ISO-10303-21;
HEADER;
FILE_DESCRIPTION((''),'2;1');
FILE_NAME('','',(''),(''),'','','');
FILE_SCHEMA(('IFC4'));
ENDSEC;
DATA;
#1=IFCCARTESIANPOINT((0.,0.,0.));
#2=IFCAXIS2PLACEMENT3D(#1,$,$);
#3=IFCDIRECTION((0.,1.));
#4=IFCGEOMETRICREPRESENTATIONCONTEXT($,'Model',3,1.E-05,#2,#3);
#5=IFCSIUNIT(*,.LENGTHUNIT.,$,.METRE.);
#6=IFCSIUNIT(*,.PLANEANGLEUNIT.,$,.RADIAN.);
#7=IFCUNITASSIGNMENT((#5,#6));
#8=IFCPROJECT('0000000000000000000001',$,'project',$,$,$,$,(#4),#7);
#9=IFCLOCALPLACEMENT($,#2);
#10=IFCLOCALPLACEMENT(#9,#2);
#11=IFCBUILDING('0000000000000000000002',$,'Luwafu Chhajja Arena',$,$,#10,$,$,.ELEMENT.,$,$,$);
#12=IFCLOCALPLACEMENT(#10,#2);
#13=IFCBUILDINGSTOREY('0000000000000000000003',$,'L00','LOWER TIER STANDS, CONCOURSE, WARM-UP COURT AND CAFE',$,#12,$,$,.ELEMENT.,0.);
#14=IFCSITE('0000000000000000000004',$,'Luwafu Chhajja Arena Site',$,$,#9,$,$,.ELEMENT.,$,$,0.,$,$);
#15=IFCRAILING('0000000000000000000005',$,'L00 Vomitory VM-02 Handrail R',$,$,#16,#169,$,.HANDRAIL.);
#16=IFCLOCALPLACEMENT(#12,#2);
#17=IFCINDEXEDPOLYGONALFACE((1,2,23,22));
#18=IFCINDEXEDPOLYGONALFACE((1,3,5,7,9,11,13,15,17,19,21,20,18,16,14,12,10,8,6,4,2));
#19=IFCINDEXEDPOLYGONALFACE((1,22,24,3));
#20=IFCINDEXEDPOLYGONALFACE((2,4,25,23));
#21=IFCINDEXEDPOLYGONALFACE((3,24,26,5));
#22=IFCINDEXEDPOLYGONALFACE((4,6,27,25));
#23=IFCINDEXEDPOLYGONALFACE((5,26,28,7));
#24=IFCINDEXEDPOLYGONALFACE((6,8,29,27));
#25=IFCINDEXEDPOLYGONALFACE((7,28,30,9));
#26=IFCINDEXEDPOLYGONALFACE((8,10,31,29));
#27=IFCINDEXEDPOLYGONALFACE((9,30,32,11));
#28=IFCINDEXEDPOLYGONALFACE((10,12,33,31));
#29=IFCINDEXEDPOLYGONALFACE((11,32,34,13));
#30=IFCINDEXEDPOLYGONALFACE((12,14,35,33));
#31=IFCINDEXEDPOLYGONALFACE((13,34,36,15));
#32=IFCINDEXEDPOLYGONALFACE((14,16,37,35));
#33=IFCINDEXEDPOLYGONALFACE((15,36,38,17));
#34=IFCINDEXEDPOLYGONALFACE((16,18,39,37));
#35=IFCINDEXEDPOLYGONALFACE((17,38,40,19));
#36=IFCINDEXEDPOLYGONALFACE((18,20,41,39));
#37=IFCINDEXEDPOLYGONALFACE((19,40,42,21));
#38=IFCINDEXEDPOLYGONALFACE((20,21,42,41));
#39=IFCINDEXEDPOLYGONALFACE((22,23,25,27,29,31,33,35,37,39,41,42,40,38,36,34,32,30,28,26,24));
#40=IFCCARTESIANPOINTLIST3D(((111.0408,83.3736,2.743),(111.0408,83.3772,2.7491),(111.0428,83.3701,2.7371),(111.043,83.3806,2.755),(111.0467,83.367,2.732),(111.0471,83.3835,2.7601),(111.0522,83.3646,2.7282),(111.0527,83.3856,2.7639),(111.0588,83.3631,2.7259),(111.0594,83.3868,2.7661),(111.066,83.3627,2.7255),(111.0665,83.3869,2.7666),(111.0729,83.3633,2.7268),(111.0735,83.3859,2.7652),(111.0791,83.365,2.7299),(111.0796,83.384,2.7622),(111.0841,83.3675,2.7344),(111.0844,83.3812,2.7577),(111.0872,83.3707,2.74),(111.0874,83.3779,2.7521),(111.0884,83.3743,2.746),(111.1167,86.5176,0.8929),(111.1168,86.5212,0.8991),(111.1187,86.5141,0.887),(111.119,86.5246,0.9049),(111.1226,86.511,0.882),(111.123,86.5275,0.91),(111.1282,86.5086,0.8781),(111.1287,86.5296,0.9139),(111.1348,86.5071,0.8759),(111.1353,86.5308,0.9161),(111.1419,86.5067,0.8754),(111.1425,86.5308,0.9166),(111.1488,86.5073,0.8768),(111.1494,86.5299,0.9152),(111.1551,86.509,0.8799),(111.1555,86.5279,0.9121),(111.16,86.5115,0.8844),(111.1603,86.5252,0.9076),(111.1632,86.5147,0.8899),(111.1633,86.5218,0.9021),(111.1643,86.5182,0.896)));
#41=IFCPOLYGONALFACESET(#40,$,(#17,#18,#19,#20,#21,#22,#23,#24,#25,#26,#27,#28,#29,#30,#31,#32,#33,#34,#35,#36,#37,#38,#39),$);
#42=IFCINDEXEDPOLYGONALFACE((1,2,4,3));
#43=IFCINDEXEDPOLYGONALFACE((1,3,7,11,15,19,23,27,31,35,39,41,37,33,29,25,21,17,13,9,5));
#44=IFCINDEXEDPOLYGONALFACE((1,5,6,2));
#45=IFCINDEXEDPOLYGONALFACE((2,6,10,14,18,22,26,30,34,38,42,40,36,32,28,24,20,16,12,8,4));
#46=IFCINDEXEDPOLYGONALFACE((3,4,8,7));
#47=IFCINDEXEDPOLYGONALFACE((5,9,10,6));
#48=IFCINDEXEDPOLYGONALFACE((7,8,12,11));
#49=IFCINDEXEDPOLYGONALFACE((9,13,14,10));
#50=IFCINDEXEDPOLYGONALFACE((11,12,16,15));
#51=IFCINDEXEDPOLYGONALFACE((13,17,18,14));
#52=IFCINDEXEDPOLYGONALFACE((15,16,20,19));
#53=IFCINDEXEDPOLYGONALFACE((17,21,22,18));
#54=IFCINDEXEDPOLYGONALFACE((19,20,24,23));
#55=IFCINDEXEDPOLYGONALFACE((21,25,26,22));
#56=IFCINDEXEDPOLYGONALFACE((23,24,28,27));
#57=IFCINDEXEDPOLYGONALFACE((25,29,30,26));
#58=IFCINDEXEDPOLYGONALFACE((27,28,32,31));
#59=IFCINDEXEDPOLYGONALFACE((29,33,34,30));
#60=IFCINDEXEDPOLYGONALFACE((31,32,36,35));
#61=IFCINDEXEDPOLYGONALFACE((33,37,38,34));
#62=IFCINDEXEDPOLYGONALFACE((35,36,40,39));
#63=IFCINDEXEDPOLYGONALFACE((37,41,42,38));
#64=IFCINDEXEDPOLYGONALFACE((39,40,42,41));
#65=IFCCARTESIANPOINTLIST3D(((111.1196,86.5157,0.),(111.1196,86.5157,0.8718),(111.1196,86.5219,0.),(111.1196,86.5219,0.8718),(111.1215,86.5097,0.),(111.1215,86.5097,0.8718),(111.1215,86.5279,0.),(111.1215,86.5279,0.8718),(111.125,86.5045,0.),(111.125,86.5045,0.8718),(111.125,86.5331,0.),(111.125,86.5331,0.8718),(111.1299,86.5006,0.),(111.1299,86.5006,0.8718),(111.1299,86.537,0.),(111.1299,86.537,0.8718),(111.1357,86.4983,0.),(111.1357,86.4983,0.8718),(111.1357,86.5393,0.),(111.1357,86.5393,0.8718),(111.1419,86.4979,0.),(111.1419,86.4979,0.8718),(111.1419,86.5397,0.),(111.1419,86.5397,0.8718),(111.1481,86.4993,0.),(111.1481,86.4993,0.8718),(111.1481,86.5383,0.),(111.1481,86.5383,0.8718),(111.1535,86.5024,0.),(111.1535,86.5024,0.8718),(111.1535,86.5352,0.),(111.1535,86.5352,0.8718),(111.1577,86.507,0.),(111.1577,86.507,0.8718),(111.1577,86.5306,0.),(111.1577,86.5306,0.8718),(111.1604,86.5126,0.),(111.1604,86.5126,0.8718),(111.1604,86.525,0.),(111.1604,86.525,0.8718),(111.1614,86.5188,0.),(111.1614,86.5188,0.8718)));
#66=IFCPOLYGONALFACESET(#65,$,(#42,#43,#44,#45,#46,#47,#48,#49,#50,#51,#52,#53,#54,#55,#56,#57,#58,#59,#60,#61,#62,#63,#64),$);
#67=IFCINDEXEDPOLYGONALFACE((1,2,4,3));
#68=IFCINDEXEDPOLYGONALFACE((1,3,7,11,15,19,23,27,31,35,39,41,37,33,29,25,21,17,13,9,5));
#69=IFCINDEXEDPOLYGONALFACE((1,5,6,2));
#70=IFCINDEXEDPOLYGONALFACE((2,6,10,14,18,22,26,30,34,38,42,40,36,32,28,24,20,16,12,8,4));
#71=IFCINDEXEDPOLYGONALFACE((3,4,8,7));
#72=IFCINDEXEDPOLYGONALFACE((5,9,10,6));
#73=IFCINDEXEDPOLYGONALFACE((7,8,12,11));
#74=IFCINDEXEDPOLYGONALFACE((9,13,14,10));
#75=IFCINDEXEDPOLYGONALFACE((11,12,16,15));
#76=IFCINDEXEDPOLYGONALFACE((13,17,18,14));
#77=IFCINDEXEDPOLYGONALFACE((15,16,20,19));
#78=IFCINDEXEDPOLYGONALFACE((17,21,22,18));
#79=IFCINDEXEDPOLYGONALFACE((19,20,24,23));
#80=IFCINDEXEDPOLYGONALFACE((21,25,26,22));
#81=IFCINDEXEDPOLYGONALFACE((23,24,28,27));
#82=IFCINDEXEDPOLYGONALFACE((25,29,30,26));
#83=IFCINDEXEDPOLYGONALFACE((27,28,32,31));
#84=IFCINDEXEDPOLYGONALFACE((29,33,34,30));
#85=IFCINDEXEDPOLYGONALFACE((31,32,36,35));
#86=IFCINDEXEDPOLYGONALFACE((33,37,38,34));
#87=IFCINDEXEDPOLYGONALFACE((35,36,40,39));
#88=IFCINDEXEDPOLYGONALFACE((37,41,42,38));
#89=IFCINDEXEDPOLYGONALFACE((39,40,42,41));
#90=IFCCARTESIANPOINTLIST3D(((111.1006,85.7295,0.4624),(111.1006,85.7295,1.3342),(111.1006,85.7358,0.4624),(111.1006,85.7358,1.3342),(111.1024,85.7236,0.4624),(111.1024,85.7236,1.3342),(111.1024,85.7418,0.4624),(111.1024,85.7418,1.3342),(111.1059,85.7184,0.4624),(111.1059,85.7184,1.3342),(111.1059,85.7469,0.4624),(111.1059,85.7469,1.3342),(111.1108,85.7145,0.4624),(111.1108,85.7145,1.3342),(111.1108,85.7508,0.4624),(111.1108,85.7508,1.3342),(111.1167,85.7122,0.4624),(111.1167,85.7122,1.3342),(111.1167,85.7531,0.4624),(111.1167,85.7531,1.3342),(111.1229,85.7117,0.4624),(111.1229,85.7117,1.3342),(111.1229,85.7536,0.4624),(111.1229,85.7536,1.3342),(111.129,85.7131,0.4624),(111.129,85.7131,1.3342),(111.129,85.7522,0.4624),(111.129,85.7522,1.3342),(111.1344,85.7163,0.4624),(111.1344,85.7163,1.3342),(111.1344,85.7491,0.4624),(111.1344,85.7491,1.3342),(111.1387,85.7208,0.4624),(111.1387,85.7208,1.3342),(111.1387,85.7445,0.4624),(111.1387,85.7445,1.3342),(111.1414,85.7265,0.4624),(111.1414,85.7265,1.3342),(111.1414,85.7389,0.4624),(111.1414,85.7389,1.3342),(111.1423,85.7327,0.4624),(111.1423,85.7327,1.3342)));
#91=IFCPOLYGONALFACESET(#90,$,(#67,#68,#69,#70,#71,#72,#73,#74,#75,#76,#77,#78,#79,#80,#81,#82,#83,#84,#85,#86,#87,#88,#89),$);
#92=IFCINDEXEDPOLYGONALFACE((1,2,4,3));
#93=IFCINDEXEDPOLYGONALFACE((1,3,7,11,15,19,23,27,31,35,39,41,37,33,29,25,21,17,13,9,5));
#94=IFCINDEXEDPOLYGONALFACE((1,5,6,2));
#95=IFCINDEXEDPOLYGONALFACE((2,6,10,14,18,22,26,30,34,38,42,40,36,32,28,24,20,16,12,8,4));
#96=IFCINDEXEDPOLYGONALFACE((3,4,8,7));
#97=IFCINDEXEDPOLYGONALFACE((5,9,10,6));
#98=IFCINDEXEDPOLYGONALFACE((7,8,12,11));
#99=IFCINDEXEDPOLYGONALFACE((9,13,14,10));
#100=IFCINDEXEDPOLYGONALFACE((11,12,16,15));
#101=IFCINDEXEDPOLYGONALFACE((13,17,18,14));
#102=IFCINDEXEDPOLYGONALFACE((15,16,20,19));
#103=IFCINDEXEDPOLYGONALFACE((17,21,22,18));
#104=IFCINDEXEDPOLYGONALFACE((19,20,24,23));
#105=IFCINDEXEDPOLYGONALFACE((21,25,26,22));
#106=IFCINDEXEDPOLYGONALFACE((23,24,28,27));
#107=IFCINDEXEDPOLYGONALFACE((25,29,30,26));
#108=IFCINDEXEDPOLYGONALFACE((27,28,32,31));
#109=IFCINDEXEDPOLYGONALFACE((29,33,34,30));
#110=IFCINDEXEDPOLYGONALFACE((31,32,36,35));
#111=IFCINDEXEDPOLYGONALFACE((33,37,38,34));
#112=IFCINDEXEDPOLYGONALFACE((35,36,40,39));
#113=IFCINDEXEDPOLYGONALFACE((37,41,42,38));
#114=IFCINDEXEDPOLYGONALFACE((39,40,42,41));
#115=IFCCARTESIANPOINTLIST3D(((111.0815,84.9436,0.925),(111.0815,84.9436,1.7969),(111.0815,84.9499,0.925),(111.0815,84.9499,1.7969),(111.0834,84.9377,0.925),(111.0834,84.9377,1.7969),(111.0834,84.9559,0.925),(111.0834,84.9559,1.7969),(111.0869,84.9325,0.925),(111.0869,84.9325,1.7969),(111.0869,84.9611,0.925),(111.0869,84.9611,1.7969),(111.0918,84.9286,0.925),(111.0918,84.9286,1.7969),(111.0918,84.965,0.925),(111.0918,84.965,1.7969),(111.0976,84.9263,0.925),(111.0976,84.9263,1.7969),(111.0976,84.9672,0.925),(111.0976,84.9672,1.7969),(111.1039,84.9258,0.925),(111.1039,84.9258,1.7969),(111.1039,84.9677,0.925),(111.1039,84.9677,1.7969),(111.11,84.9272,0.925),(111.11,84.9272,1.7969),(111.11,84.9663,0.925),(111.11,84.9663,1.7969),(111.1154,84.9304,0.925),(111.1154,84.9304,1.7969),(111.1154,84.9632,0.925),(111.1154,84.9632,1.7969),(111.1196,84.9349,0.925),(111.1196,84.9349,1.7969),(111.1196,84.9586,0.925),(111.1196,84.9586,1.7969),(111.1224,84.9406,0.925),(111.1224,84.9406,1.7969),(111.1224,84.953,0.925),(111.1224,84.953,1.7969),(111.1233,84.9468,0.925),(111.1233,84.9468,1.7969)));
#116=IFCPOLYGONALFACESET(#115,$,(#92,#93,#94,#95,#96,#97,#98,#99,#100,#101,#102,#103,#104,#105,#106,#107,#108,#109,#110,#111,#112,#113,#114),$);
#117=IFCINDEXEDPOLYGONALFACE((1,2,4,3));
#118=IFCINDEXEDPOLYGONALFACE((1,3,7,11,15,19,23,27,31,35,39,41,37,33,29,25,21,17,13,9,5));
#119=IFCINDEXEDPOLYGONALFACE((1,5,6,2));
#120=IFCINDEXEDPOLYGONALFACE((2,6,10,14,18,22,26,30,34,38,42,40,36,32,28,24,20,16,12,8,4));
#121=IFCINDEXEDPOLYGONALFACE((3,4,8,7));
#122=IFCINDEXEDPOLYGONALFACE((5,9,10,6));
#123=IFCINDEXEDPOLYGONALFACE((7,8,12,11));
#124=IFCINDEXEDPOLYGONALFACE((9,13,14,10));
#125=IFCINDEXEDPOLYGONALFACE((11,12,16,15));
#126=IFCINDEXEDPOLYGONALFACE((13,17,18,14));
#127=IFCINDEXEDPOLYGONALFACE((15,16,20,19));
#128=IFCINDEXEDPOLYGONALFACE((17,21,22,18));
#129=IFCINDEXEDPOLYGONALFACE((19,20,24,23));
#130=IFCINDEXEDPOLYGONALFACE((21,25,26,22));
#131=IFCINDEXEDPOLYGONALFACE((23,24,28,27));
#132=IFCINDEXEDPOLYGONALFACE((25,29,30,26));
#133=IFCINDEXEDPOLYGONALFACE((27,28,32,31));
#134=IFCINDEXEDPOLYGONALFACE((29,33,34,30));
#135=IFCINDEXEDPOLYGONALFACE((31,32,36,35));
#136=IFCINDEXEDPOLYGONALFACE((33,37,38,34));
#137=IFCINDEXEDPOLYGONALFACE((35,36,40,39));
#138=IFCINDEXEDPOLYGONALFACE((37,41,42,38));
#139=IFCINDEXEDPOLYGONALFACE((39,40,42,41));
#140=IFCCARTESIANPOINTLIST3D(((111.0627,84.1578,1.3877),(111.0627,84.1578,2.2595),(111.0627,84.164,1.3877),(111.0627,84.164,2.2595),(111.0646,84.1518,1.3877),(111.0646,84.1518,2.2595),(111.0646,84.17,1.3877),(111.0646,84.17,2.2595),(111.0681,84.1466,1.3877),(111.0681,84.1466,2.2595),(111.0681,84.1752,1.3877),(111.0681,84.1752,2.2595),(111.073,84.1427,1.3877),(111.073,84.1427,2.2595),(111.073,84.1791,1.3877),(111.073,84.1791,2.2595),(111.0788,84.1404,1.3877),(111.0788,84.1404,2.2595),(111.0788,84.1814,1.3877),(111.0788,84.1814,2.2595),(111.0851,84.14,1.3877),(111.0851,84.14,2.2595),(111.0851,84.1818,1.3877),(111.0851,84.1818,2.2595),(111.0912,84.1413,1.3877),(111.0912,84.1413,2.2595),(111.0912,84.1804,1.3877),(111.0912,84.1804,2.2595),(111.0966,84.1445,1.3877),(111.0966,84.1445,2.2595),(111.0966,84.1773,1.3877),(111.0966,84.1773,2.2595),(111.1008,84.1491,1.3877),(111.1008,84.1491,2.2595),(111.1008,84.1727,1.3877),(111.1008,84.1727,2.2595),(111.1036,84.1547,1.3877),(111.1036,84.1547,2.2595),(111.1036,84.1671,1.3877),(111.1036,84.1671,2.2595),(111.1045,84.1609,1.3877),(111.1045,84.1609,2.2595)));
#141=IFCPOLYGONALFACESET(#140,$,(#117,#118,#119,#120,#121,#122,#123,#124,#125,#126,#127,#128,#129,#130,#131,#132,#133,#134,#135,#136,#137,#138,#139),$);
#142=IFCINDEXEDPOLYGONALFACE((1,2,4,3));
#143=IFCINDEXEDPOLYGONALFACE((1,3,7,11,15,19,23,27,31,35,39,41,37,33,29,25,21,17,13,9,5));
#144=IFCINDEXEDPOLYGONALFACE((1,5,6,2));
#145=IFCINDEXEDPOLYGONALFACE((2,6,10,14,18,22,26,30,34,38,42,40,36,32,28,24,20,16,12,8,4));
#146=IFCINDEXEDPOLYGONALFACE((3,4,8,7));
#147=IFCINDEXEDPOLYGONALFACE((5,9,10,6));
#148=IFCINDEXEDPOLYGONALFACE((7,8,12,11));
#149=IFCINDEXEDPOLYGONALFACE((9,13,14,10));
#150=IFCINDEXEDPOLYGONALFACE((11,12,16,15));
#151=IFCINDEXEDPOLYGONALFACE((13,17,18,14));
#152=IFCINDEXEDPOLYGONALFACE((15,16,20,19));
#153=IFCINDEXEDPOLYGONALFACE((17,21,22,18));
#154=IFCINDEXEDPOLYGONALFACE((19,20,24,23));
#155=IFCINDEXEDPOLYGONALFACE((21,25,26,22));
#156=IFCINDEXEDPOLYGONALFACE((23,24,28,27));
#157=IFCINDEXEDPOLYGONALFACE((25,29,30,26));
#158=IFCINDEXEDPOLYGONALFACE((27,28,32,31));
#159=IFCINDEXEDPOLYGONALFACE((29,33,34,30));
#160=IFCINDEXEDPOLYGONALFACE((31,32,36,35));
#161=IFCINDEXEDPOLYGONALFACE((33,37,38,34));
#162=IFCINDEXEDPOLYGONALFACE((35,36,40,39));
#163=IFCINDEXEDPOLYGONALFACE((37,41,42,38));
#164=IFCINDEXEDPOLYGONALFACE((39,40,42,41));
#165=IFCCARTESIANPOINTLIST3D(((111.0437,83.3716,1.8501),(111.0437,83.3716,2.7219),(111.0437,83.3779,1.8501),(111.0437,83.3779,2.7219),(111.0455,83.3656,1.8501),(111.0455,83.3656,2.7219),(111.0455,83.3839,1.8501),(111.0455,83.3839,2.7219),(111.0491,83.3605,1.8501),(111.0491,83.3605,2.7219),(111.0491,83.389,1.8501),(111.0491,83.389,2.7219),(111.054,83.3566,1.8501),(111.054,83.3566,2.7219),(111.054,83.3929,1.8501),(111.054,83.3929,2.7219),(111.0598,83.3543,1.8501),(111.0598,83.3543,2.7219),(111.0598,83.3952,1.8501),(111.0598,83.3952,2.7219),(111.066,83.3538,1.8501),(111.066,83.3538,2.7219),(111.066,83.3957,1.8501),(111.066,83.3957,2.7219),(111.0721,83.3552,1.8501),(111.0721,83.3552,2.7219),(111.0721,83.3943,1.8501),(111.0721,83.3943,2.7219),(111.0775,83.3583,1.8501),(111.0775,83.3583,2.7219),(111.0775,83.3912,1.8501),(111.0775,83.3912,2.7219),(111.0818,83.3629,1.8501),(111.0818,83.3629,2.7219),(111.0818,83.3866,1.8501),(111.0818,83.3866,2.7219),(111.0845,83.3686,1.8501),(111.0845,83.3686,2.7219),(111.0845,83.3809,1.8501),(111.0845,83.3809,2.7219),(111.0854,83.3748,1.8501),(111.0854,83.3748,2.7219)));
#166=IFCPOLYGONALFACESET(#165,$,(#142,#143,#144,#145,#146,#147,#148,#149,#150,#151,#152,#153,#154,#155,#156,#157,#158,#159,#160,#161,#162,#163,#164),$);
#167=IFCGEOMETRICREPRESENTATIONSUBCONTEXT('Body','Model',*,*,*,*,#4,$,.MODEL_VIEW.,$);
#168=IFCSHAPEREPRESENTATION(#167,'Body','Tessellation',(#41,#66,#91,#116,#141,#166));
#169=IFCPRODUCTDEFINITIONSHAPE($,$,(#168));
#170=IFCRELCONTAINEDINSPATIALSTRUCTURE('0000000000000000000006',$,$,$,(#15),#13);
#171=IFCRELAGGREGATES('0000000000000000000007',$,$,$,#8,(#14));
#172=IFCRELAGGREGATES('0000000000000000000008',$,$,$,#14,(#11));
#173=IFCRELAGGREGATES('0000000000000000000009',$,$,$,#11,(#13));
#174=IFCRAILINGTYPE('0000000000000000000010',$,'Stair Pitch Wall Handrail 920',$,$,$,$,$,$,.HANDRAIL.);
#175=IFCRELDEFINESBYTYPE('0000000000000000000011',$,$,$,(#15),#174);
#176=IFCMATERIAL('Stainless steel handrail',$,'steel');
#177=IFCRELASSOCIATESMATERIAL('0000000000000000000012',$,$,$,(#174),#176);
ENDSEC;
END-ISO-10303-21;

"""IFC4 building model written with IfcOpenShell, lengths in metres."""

from ifc_helpers import new_model, si_unit, direction, frame, origin, origin_2d, place, context, subcontext, project, spatial, circle, extrude, material, type_object, element, save


model = new_model("IFC4")

# Units and contexts
model_context = context("Model", 3, precision=1e-05, world=origin(), true_north=direction((0.0, 1.0)))
body_context = subcontext(model_context, "Body", "Model", "MODEL_VIEW")
ifc_project = project(units=[si_unit("LENGTHUNIT", "METRE"), si_unit("PLANEANGLEUNIT", "RADIAN")], contexts=[model_context])

# Site, building, storey
site_placement = place(None, origin())
site = spatial("IfcSite", under=ifc_project, at=site_placement, Name="Luwafu Chhajja Arena Site", CompositionType="ELEMENT", RefElevation=0.0)
building_placement = place(site_placement, origin())
building = spatial("IfcBuilding", under=site, at=building_placement, Name="Luwafu Chhajja Arena", CompositionType="ELEMENT")
storey_placement = place(building_placement, origin())
storey = spatial("IfcBuildingStorey", under=building, at=storey_placement, Name="L00", Description="LOWER TIER STANDS, CONCOURSE, WARM-UP COURT AND CAFE", CompositionType="ELEMENT", Elevation=0.0)

# Railing
ifc_material_1 = material(Name="Stainless steel handrail", Category="steel")
railing_type_1 = type_object("IfcRailingType", Name="Stair Pitch Wall Handrail 920", PredefinedType="HANDRAIL", material=ifc_material_1)
railing_1_placement = place(storey_placement, frame((111.1404, 86.5188, 0.0)))
element("IfcRailing", 1, at=railing_1_placement, inside=storey, type_object=railing_type_1, Name="L00 Vomitory VM-02 Handrail R", PredefinedType="HANDRAIL", context=body_context, shape_type="SweptSolid", body=[
    extrude(circle(Radius=0.0239, at=origin_2d()), frame((0.0, 0.0, 0.896), z_axis=(-0.020809, -0.861668, 0.507045), x_axis=(0.999709, -0.024143, 0.0)), (0.0, 0.0, 1.0), 3.6487),
    extrude(circle(Radius=0.021, at=origin_2d()), origin(), (0.0, 0.0, 1.0), 0.8718),
    extrude(circle(Radius=0.021, at=origin_2d()), frame((-0.019, -0.7861, 0.4624)), (0.0, 0.0, 1.0), 0.8718),
    extrude(circle(Radius=0.021, at=origin_2d()), frame((-0.0381, -1.572, 0.925)), (0.0, 0.0, 1.0), 0.8718),
    extrude(circle(Radius=0.021, at=origin_2d()), frame((-0.0569, -2.3579, 1.3877)), (0.0, 0.0, 1.0), 0.8718),
    extrude(circle(Radius=0.021, at=origin_2d()), frame((-0.0759, -3.144, 1.8501)), (0.0, 0.0, 1.0), 0.8718),
])

save(model, "model.ifc")
